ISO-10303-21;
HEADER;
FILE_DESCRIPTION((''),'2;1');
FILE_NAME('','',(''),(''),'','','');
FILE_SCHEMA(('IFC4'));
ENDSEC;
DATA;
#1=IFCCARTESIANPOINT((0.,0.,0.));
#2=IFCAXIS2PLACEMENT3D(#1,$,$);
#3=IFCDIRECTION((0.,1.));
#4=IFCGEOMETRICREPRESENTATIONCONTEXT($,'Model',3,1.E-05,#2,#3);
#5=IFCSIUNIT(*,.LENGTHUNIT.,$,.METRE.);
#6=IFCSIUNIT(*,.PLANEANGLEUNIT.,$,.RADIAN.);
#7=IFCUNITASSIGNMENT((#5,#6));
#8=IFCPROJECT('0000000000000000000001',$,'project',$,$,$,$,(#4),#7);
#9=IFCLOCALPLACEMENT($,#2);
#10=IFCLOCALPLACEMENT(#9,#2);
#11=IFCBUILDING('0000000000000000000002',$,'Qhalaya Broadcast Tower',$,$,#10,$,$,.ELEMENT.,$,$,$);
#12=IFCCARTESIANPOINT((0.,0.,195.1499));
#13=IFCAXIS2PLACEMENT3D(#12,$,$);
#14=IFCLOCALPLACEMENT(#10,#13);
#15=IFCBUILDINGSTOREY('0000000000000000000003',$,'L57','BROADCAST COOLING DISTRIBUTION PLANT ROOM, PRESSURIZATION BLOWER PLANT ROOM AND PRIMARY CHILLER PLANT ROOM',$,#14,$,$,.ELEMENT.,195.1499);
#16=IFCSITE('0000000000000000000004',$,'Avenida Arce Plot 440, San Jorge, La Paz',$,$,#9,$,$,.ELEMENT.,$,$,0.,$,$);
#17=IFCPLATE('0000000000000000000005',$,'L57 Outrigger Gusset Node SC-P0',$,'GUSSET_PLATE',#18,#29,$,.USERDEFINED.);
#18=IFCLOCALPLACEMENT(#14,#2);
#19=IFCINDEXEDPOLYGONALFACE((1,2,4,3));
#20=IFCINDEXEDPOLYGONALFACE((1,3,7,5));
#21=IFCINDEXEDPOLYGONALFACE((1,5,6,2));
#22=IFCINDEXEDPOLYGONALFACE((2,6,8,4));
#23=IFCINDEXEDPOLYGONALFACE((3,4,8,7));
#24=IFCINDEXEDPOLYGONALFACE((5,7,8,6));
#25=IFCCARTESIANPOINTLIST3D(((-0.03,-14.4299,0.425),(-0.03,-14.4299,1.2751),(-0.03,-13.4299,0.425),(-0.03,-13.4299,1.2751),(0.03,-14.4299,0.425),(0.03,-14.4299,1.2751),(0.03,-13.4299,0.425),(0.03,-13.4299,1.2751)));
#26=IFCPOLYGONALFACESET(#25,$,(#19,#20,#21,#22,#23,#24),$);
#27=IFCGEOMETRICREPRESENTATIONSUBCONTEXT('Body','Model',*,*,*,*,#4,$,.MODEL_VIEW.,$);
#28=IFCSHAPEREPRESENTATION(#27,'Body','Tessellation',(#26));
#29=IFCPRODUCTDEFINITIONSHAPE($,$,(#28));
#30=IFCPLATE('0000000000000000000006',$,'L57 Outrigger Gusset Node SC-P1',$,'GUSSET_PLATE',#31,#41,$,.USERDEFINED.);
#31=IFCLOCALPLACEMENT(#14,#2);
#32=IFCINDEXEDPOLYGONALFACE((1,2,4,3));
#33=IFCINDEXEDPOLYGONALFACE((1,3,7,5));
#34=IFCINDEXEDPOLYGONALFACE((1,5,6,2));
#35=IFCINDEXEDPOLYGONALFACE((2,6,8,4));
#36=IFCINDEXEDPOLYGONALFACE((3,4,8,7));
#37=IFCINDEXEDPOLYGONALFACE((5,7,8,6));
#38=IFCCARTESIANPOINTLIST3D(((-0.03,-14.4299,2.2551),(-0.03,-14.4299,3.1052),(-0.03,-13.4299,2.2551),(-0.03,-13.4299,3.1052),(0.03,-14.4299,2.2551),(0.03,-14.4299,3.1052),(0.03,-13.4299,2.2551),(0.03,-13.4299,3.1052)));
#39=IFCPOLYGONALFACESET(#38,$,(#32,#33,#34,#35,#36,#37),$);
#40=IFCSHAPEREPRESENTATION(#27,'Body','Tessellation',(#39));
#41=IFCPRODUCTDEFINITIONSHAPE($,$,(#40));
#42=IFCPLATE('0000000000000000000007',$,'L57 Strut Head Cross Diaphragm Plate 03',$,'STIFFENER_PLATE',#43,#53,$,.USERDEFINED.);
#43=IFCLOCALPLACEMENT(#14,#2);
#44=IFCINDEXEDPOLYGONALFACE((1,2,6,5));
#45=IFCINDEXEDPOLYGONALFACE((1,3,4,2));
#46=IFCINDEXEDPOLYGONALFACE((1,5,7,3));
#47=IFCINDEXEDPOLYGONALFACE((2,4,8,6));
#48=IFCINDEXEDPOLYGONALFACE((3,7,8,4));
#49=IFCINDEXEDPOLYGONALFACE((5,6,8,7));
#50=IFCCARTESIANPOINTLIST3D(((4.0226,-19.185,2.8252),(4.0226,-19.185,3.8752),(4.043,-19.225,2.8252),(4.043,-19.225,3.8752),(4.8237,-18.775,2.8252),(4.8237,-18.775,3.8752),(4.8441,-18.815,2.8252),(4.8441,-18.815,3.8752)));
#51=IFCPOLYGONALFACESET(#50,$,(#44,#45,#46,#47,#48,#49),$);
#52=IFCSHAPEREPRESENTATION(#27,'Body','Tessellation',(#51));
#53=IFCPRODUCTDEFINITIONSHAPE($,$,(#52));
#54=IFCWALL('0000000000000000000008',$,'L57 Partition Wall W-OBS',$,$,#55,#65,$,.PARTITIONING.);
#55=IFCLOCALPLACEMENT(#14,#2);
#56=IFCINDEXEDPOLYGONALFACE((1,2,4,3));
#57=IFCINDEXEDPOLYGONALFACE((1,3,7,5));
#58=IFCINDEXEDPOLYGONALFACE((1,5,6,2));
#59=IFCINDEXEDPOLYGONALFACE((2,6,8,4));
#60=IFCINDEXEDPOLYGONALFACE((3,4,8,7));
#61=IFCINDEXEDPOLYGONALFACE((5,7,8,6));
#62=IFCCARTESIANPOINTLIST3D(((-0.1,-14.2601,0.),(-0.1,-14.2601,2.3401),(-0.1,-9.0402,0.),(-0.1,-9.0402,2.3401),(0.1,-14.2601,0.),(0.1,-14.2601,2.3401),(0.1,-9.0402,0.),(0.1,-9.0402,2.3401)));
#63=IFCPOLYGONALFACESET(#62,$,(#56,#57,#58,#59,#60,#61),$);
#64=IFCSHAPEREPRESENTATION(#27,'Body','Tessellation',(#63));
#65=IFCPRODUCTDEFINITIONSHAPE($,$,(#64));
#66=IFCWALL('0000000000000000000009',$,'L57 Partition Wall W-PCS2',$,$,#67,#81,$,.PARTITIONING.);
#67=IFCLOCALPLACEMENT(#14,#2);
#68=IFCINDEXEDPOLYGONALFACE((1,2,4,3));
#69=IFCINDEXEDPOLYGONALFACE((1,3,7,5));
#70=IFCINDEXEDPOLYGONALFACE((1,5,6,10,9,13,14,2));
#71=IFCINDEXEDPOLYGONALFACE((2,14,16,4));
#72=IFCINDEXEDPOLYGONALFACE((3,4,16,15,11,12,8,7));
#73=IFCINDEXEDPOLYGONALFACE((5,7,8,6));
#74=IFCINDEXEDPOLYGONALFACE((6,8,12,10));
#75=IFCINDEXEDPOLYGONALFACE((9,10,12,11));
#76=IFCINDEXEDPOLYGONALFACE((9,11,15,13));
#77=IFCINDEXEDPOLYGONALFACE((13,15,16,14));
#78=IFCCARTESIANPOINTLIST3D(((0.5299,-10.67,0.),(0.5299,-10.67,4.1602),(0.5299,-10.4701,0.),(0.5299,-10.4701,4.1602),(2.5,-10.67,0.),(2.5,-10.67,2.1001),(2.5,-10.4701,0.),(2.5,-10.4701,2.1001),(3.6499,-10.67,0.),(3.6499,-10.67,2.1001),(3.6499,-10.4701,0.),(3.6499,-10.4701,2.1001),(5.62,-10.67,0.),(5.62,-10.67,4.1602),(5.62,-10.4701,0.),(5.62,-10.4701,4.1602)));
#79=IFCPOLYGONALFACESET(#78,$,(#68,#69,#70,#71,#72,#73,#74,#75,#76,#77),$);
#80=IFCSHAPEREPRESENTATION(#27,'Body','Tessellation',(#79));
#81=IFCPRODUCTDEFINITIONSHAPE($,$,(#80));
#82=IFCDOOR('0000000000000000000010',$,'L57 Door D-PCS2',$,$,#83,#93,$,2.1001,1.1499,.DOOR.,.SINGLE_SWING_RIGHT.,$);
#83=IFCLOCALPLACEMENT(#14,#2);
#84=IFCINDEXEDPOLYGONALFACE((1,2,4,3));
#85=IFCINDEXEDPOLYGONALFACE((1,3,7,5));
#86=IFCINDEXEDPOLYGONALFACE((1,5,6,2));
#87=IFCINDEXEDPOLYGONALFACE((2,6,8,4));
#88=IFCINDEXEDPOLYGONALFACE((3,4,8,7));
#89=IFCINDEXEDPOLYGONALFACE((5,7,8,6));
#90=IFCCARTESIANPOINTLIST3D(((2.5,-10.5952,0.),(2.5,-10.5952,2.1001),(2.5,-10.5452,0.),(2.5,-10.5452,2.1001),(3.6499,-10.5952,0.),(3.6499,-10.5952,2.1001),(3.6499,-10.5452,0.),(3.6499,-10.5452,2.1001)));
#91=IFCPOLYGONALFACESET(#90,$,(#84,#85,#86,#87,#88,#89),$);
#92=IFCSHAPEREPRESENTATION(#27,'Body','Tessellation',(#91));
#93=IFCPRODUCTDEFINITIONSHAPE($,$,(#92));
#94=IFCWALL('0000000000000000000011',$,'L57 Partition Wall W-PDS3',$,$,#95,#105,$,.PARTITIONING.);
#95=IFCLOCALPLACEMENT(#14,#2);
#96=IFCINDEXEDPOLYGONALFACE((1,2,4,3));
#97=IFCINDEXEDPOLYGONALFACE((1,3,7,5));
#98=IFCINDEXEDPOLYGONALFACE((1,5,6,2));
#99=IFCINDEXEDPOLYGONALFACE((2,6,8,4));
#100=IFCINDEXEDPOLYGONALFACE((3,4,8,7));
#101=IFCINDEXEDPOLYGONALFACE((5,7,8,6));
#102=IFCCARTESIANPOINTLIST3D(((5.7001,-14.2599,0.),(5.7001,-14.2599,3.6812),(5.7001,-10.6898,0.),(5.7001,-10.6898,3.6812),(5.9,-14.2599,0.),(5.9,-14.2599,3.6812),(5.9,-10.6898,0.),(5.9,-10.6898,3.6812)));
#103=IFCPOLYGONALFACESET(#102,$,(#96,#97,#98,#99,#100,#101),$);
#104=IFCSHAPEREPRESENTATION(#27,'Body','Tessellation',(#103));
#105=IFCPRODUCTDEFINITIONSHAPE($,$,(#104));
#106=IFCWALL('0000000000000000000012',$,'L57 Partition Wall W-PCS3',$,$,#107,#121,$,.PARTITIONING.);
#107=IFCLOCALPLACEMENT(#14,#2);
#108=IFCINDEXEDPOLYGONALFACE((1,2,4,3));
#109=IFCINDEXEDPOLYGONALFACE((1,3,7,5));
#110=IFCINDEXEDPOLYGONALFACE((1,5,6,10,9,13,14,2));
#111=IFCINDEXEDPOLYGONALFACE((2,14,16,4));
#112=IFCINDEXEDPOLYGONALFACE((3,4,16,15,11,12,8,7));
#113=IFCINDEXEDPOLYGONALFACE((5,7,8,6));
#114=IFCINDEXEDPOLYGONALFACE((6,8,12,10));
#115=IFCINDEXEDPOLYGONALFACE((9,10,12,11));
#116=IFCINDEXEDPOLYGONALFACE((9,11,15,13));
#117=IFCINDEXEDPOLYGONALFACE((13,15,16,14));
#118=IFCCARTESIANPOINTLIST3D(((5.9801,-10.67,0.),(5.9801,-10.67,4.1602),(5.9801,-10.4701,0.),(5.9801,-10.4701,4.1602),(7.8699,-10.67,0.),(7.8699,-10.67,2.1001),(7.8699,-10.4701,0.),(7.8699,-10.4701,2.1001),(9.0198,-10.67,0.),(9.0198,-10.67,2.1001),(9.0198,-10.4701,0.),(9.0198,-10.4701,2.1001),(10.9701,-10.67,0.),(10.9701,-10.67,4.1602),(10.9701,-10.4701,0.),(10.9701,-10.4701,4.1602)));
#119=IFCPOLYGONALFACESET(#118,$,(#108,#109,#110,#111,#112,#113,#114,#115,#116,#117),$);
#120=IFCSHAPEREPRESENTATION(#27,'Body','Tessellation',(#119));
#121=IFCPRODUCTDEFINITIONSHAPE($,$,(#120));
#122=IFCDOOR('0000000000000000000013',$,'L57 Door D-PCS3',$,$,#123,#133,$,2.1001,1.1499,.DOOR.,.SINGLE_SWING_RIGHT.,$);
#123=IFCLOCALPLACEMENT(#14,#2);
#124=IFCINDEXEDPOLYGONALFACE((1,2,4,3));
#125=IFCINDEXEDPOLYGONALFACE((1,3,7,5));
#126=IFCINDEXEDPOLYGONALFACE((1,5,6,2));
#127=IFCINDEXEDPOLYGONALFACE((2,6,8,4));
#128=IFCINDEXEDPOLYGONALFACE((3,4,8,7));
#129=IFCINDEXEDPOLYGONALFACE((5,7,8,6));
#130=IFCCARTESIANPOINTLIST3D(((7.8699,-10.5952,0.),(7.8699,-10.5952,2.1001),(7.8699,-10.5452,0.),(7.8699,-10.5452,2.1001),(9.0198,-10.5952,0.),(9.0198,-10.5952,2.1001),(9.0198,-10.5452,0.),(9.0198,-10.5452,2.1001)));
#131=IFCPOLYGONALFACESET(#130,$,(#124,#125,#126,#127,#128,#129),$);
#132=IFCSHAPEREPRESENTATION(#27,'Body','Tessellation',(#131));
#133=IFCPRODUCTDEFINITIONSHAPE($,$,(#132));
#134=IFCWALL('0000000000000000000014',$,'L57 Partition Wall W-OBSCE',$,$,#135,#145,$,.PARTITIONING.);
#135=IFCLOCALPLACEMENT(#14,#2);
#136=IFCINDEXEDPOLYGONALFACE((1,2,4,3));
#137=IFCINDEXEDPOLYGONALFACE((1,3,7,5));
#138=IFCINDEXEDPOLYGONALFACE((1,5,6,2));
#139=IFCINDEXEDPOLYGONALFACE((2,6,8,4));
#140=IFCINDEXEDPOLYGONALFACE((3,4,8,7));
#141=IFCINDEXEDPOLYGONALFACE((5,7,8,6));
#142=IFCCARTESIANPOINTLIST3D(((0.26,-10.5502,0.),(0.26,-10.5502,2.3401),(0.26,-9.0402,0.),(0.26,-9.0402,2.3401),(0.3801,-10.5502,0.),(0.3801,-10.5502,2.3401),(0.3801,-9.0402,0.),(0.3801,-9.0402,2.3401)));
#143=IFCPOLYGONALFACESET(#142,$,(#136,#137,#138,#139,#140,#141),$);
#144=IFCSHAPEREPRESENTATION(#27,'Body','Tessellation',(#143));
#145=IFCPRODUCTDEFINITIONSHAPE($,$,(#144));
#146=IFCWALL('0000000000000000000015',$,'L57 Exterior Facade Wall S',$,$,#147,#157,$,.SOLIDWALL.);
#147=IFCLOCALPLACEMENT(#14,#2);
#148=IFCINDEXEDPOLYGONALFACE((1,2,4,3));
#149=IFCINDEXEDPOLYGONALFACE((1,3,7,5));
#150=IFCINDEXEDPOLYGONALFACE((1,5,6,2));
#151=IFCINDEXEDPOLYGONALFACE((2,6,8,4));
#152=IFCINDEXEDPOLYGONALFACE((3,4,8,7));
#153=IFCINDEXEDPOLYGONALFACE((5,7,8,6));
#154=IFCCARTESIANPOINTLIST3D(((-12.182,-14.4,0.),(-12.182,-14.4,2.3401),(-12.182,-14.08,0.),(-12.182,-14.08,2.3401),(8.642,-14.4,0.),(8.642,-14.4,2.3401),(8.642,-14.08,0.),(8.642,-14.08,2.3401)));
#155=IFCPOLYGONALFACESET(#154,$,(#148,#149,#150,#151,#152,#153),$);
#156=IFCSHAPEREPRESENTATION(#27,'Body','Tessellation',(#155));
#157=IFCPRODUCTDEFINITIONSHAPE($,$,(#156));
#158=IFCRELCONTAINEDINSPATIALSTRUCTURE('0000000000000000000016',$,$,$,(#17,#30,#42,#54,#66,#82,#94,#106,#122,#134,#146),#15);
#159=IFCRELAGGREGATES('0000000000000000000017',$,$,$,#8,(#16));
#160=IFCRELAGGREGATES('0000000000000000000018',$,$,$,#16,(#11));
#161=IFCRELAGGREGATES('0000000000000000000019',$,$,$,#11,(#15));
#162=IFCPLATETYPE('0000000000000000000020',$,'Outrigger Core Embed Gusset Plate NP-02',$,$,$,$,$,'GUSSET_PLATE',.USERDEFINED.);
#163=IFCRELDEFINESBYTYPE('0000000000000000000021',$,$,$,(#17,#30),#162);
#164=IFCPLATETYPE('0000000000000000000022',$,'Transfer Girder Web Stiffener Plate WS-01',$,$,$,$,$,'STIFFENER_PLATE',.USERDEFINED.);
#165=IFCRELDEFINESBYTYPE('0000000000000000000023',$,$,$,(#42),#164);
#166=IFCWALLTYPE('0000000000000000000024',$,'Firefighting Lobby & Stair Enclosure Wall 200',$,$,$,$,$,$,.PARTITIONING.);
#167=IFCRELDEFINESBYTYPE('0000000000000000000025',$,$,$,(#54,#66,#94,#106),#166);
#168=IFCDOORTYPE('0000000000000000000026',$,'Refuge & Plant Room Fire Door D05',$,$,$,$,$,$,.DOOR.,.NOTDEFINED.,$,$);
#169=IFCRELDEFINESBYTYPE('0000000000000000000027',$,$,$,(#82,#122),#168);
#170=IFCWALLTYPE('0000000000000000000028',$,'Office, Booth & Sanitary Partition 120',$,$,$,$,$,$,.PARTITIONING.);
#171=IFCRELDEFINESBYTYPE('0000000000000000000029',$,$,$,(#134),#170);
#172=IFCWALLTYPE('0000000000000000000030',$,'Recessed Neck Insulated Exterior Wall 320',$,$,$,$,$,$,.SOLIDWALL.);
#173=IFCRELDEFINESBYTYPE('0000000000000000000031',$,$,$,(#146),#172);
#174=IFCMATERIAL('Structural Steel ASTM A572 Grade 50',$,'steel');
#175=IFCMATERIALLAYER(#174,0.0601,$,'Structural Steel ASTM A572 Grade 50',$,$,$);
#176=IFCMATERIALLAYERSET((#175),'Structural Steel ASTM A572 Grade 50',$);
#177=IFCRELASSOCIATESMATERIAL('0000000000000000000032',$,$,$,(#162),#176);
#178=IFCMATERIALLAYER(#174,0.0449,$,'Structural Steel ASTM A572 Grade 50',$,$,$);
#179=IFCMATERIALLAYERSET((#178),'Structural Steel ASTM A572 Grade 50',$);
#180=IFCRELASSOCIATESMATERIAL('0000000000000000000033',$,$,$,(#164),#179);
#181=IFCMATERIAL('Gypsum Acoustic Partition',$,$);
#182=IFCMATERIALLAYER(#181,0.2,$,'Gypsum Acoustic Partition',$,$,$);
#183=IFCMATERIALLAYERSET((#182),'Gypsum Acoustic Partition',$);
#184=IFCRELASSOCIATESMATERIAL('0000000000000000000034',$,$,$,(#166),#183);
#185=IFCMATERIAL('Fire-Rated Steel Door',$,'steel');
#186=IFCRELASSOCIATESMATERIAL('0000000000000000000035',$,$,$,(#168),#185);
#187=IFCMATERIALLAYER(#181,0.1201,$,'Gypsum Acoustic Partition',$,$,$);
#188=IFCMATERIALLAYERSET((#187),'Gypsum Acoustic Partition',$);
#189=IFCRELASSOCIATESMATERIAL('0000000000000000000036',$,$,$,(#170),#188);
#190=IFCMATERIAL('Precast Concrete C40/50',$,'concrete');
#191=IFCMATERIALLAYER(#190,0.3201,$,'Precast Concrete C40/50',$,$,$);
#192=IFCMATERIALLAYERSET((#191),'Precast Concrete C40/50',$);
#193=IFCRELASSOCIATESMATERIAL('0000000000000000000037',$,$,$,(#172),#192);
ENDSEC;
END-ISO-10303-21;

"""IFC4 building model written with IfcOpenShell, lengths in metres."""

from ifc_helpers import new_model, si_unit, direction, frame, frame_2d, origin, origin_2d, place, context, subcontext, project, spatial, rectangle, extrude, material, layer, layer_set, type_object, element, fill, save


model = new_model("IFC4")

# Units and contexts
model_context = context("Model", 3, precision=1e-05, world=origin(), true_north=direction((0.0, 1.0)))
body_context = subcontext(model_context, "Body", "Model", "MODEL_VIEW")
ifc_project = project(units=[si_unit("LENGTHUNIT", "METRE"), si_unit("PLANEANGLEUNIT", "RADIAN")], contexts=[model_context])

# Site, building, storey
site_placement = place(None, origin())
site = spatial("IfcSite", under=ifc_project, at=site_placement, Name="Avenida Arce Plot 440, San Jorge, La Paz", CompositionType="ELEMENT", RefElevation=0.0)
building_placement = place(site_placement, origin())
building = spatial("IfcBuilding", under=site, at=building_placement, Name="Qhalaya Broadcast Tower", CompositionType="ELEMENT")
storey_placement = place(building_placement, frame((0.0, 0.0, 195.1499)))
storey = spatial("IfcBuildingStorey", under=building, at=storey_placement, Name="L57", Description="BROADCAST COOLING DISTRIBUTION PLANT ROOM, PRESSURIZATION BLOWER PLANT ROOM AND PRIMARY CHILLER PLANT ROOM", CompositionType="ELEMENT", Elevation=195.1499)

# Shared definitions
ifc_material_1 = material(Name="Structural Steel ASTM A572 Grade 50", Category="steel")

# Plates
ifc_layer_1 = layer(ifc_material_1, 0.0601, Name="Structural Steel ASTM A572 Grade 50")
ifc_layer_set_1 = layer_set([ifc_layer_1], Name="Structural Steel ASTM A572 Grade 50")
plate_type_1 = type_object("IfcPlateType", Name="Outrigger Core Embed Gusset Plate NP-02", ElementType="GUSSET_PLATE", PredefinedType="USERDEFINED", material=ifc_layer_set_1)
for number, where, z_axis, x_axis, name in (
    (1, (0.0, -13.9299, 0.425), (0.0, 0.0, 1.0), (0.0, -1.0, 0.0), "L57 Outrigger Gusset Node SC-P0"),
    (2, (0.0, -13.9299, 2.2551), (0.0, 0.0, 1.0), (0.0, -1.0, 0.0), "L57 Outrigger Gusset Node SC-P1"),
):
    element("IfcPlate", number, at=place(storey_placement, frame(where, z_axis=z_axis, x_axis=x_axis)), inside=storey, type_object=plate_type_1, Name=name, ObjectType="GUSSET_PLATE", PredefinedType="USERDEFINED", context=body_context, shape_type="SweptSolid", body=[
        extrude(rectangle(XDim=1.0, YDim=0.0601, at=origin_2d()), origin(), (0.0, 0.0, 1.0), 0.8501),
    ])
ifc_layer_2 = layer(ifc_material_1, 0.0449, Name="Structural Steel ASTM A572 Grade 50")
ifc_layer_set_2 = layer_set([ifc_layer_2], Name="Structural Steel ASTM A572 Grade 50")
plate_type_2 = type_object("IfcPlateType", Name="Transfer Girder Web Stiffener Plate WS-01", ElementType="STIFFENER_PLATE", PredefinedType="USERDEFINED", material=ifc_layer_set_2)
plate_1_placement = place(storey_placement, frame((4.4333, -19.0, 2.8252), z_axis=(0.0, 0.0, 1.0), x_axis=(0.890213, 0.455545, 0.0)))
element("IfcPlate", 3, at=plate_1_placement, inside=storey, type_object=plate_type_2, Name="L57 Strut Head Cross Diaphragm Plate 03", ObjectType="STIFFENER_PLATE", PredefinedType="USERDEFINED", context=body_context, shape_type="SweptSolid", body=[
    extrude(rectangle(XDim=0.8999, YDim=0.0449, at=origin_2d()), origin(), (0.0, 0.0, 1.0), 1.05),
])

# Wall
ifc_material_2 = material(Name="Gypsum Acoustic Partition")
ifc_layer_3 = layer(ifc_material_2, 0.2, Name="Gypsum Acoustic Partition")
ifc_layer_set_3 = layer_set([ifc_layer_3], Name="Gypsum Acoustic Partition")
wall_type_1 = type_object("IfcWallType", Name="Firefighting Lobby & Stair Enclosure Wall 200", PredefinedType="PARTITIONING", material=ifc_layer_set_3)
wall_1_placement = place(storey_placement, frame((0.0, -14.26, 0.0), z_axis=(0.0, 0.0, 1.0), x_axis=(0.0, 1.0, 0.0)))
element("IfcWall", 4, at=wall_1_placement, inside=storey, type_object=wall_type_1, Name="L57 Partition Wall W-OBS", PredefinedType="PARTITIONING", context=body_context, shape_type="SweptSolid", body=[
    extrude(rectangle(XDim=5.22, YDim=0.2, at=frame_2d((2.6099, 0.0))), origin(), (0.0, 0.0, 1.0), 2.3401),
])

# Wall, opening, door
wall_2_placement = place(storey_placement, frame((0.53, -10.5701, 0.0), z_axis=(0.0, 0.0, 1.0), x_axis=(1.0, 0.0, 0.0)))
wall_2 = element("IfcWall", 5, at=wall_2_placement, inside=storey, type_object=wall_type_1, Name="L57 Partition Wall W-PCS2", PredefinedType="PARTITIONING", context=body_context, shape_type="SweptSolid", body=[
    extrude(rectangle(XDim=5.0901, YDim=0.2, at=frame_2d((2.5449, 0.0))), origin(), (0.0, 0.0, 1.0), 4.1602),
])
opening_1_placement = place(wall_2_placement, frame((1.97, 0.0, 0.0)))
opening_1 = element("IfcOpeningElement", 6, at=opening_1_placement, cuts=wall_2, PredefinedType="OPENING", context=body_context, shape_type="SweptSolid", body=[
    extrude(rectangle(XDim=1.1499, YDim=2.1001, at=frame_2d((0.575, 1.05))), frame((0.0, 0.1121, 0.0), z_axis=(0.0, -1.0, 0.0), x_axis=(1.0, 0.0, 0.0)), (0.0, 0.0, 1.0), 0.2239),
])
ifc_material_3 = material(Name="Fire-Rated Steel Door", Category="steel")
door_type = type_object("IfcDoorType", Name="Refuge & Plant Room Fire Door D05", OperationType="NOTDEFINED", PredefinedType="DOOR", material=ifc_material_3)
door_1_placement = place(opening_1_placement, origin())
door_1 = element("IfcDoor", 7, at=door_1_placement, inside=storey, type_object=door_type, Name="L57 Door D-PCS2", OperationType="SINGLE_SWING_RIGHT", OverallHeight=2.1001, OverallWidth=1.1499, PredefinedType="DOOR", context=body_context, shape_type="SweptSolid", body=[
    extrude(rectangle(XDim=1.1499, YDim=2.1001, at=frame_2d((0.575, 1.05))), frame((0.0, 0.0249, 0.0), z_axis=(0.0, -1.0, 0.0), x_axis=(1.0, 0.0, 0.0)), (0.0, 0.0, 1.0), 0.05),
])
fill(opening_1, door_1)

# Wall
wall_3_placement = place(storey_placement, frame((5.8, -14.26, 0.0), z_axis=(0.0, 0.0, 1.0), x_axis=(0.0, 1.0, 0.0)))
element("IfcWall", 8, at=wall_3_placement, inside=storey, type_object=wall_type_1, Name="L57 Partition Wall W-PDS3", PredefinedType="PARTITIONING", context=body_context, shape_type="SweptSolid", body=[
    extrude(rectangle(XDim=3.5701, YDim=0.2, at=frame_2d((1.7852, 0.0))), origin(), (0.0, 0.0, 1.0), 3.6812),
])

# Wall, opening, door
wall_4_placement = place(storey_placement, frame((5.98, -10.5701, 0.0), z_axis=(0.0, 0.0, 1.0), x_axis=(1.0, 0.0, 0.0)))
wall_4 = element("IfcWall", 9, at=wall_4_placement, inside=storey, type_object=wall_type_1, Name="L57 Partition Wall W-PCS3", PredefinedType="PARTITIONING", context=body_context, shape_type="SweptSolid", body=[
    extrude(rectangle(XDim=4.99, YDim=0.2, at=frame_2d((2.4951, 0.0))), origin(), (0.0, 0.0, 1.0), 4.1602),
])
opening_2_placement = place(wall_4_placement, frame((1.8899, 0.0, 0.0)))
opening_2 = element("IfcOpeningElement", 10, at=opening_2_placement, cuts=wall_4, PredefinedType="OPENING", context=body_context, shape_type="SweptSolid", body=[
    extrude(rectangle(XDim=1.1499, YDim=2.1001, at=frame_2d((0.575, 1.05))), frame((0.0, 0.1121, 0.0), z_axis=(0.0, -1.0, 0.0), x_axis=(1.0, 0.0, 0.0)), (0.0, 0.0, 1.0), 0.2239),
])
door_2_placement = place(opening_2_placement, origin())
door_2 = element("IfcDoor", 11, at=door_2_placement, inside=storey, type_object=door_type, Name="L57 Door D-PCS3", OperationType="SINGLE_SWING_RIGHT", OverallHeight=2.1001, OverallWidth=1.1499, PredefinedType="DOOR", context=body_context, shape_type="SweptSolid", body=[
    extrude(rectangle(XDim=1.1499, YDim=2.1001, at=frame_2d((0.575, 1.05))), frame((0.0, 0.0249, 0.0), z_axis=(0.0, -1.0, 0.0), x_axis=(1.0, 0.0, 0.0)), (0.0, 0.0, 1.0), 0.05),
])
fill(opening_2, door_2)

# Walls
ifc_layer_4 = layer(ifc_material_2, 0.1201, Name="Gypsum Acoustic Partition")
ifc_layer_set_4 = layer_set([ifc_layer_4], Name="Gypsum Acoustic Partition")
wall_type_2 = type_object("IfcWallType", Name="Office, Booth & Sanitary Partition 120", PredefinedType="PARTITIONING", material=ifc_layer_set_4)
wall_5_placement = place(storey_placement, frame((0.3201, -10.55, 0.0), z_axis=(0.0, 0.0, 1.0), x_axis=(0.0, 1.0, 0.0)))
element("IfcWall", 12, at=wall_5_placement, inside=storey, type_object=wall_type_2, Name="L57 Partition Wall W-OBSCE", PredefinedType="PARTITIONING", context=body_context, shape_type="SweptSolid", body=[
    extrude(rectangle(XDim=1.51, YDim=0.1201, at=frame_2d((0.7549, 0.0))), origin(), (0.0, 0.0, 1.0), 2.3401),
])
ifc_material_4 = material(Name="Precast Concrete C40/50", Category="concrete")
ifc_layer_5 = layer(ifc_material_4, 0.3201, Name="Precast Concrete C40/50")
ifc_layer_set_5 = layer_set([ifc_layer_5], Name="Precast Concrete C40/50")
wall_type_3 = type_object("IfcWallType", Name="Recessed Neck Insulated Exterior Wall 320", PredefinedType="SOLIDWALL", material=ifc_layer_set_5)
wall_6_placement = place(storey_placement, frame((8.6421, -14.24, 0.0), z_axis=(0.0, 0.0, 1.0), x_axis=(-1.0, 0.0, 0.0)))
element("IfcWall", 13, at=wall_6_placement, inside=storey, type_object=wall_type_3, Name="L57 Exterior Facade Wall S", PredefinedType="SOLIDWALL", context=body_context, shape_type="SweptSolid", body=[
    extrude(rectangle(XDim=20.824, YDim=0.3201, at=frame_2d((10.4121, 0.0))), origin(), (0.0, 0.0, 1.0), 2.3401),
])

save(model, "model.ifc")
